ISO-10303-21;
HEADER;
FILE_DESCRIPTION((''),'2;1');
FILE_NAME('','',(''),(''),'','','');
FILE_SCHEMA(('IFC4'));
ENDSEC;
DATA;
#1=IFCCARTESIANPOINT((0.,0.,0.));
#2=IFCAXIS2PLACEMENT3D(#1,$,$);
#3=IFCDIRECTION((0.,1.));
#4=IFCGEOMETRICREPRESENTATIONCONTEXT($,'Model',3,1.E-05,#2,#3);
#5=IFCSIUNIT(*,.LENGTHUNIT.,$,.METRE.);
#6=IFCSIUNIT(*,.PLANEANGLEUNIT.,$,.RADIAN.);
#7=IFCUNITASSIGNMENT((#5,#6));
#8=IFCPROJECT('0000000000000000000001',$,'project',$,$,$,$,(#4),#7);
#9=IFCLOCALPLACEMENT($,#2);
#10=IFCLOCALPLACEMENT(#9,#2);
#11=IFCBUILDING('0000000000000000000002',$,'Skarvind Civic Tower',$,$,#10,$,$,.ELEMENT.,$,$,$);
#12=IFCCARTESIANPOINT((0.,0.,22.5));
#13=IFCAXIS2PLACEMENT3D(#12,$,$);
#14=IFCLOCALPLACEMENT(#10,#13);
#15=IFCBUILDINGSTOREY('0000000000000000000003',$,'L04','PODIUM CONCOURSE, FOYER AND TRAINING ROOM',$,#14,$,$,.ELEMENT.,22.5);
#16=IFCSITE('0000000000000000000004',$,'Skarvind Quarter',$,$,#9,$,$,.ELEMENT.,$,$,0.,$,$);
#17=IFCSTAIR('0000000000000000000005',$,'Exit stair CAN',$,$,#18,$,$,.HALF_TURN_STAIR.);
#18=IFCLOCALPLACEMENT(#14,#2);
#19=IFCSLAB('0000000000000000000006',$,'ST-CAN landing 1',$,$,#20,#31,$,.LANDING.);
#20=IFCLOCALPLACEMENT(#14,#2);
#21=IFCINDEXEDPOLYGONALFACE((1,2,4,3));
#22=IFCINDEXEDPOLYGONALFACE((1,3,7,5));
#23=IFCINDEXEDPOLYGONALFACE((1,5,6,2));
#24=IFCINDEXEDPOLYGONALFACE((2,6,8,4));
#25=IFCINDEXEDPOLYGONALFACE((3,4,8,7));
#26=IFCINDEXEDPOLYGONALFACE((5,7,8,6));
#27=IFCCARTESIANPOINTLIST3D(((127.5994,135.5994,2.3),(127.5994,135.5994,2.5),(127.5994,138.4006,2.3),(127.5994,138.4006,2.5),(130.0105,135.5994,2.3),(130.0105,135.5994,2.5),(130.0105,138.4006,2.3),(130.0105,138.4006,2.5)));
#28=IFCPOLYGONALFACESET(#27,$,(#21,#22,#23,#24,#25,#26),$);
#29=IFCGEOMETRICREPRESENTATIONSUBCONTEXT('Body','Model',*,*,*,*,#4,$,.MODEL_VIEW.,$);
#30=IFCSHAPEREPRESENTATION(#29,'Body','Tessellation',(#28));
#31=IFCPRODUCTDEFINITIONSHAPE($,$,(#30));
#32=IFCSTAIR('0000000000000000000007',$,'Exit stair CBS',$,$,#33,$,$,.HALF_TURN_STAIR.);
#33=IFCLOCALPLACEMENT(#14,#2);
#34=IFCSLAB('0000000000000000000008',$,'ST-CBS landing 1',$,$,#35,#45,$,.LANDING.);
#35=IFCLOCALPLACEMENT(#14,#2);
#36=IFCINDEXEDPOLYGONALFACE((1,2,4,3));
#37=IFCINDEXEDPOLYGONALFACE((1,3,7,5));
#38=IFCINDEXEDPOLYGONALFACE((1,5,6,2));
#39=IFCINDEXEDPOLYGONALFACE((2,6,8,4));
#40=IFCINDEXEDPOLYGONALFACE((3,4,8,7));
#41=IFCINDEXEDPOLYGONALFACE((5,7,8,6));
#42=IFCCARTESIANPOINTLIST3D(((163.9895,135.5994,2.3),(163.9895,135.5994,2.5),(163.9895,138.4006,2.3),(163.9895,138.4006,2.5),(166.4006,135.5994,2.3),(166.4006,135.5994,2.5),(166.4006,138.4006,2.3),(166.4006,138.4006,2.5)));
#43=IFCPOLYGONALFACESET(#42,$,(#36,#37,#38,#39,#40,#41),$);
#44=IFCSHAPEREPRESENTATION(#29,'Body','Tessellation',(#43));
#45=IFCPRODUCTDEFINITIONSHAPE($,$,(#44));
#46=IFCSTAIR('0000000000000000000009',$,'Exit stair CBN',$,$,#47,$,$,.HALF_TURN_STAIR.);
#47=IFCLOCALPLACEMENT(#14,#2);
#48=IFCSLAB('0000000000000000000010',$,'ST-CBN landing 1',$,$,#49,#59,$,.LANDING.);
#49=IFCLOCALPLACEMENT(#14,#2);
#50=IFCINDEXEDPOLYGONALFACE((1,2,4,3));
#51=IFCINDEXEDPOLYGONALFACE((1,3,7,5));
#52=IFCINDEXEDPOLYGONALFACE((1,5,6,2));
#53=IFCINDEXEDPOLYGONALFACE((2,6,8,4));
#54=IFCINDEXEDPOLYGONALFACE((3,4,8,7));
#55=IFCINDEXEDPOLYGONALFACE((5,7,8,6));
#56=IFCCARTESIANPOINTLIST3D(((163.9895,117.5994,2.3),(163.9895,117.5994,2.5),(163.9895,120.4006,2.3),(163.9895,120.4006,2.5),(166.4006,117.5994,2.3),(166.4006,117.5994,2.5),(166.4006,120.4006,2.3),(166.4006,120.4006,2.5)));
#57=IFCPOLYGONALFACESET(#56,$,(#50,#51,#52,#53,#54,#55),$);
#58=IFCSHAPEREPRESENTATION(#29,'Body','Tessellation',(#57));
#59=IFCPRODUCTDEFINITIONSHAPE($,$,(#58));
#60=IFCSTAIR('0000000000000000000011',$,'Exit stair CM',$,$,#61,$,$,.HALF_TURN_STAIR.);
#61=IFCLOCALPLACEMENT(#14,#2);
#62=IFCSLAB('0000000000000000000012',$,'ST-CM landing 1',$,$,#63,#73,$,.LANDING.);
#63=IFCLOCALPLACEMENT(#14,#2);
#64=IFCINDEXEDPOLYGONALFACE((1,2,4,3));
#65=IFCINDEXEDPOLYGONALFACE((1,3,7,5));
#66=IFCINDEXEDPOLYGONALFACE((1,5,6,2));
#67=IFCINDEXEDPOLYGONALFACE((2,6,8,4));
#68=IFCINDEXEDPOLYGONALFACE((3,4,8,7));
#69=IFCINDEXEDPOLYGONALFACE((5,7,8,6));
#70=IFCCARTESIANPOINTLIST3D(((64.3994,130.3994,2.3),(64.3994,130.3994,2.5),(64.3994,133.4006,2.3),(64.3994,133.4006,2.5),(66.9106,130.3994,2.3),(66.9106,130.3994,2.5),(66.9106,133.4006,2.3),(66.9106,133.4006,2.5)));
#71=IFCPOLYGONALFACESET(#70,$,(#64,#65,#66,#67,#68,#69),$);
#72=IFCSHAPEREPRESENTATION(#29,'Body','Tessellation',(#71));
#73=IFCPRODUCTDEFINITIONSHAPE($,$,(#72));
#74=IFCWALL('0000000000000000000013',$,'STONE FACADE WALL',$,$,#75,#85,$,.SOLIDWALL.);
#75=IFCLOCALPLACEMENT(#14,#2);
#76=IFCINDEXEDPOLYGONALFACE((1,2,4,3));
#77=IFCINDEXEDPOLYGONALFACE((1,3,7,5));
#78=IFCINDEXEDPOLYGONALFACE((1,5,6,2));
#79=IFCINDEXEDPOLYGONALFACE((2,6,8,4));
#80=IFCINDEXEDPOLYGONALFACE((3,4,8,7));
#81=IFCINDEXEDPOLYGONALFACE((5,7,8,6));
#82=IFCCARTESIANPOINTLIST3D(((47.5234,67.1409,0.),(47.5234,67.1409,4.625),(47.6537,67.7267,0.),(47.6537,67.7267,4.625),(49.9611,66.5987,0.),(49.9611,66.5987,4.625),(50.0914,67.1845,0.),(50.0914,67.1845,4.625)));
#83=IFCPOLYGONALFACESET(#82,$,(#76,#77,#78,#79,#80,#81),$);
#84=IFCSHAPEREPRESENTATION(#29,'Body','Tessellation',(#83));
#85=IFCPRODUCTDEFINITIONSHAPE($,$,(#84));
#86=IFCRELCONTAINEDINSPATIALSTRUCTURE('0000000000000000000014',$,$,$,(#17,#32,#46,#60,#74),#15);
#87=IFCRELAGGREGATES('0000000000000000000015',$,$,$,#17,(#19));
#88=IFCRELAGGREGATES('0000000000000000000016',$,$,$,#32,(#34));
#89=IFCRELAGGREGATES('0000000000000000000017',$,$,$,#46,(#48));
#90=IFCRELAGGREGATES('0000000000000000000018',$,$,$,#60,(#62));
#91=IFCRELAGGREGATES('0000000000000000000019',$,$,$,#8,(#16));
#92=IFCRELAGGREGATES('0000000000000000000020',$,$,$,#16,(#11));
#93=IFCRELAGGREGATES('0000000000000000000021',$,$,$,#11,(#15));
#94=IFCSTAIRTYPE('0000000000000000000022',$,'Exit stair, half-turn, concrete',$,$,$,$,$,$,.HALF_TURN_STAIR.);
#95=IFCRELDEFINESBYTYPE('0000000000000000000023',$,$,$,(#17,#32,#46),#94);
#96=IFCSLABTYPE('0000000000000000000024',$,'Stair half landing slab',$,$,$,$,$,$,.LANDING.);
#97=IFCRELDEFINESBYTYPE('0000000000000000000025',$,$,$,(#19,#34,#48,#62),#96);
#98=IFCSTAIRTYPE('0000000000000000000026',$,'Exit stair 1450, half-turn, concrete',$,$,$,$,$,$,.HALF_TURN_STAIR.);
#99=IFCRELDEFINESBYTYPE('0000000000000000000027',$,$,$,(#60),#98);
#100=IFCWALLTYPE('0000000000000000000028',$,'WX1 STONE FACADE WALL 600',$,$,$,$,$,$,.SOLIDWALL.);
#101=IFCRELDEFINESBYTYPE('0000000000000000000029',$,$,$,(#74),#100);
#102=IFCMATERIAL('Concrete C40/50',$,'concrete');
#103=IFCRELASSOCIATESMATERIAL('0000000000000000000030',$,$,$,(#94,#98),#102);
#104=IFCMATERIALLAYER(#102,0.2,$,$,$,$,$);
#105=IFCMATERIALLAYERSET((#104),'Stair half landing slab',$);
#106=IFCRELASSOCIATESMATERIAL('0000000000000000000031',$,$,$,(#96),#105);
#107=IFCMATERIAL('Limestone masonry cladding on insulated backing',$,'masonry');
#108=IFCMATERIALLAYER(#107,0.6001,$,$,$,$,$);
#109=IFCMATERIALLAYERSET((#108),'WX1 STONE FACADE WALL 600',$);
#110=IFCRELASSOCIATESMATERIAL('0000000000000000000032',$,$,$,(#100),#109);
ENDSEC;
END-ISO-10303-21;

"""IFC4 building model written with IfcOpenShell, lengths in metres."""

from ifc_helpers import new_model, si_unit, direction, frame, frame_2d, origin, place, context, subcontext, project, spatial, polyline, rectangle, outline, extrude, material, layer, layer_set, type_object, element, aggregate, save


model = new_model("IFC4")

# Units and contexts
model_context = context("Model", 3, precision=1e-05, world=origin(), true_north=direction((0.0, 1.0)))
body_context = subcontext(model_context, "Body", "Model", "MODEL_VIEW")
ifc_project = project(units=[si_unit("LENGTHUNIT", "METRE"), si_unit("PLANEANGLEUNIT", "RADIAN")], contexts=[model_context])

# Site, building, storey
site_placement = place(None, origin())
site = spatial("IfcSite", under=ifc_project, at=site_placement, Name="Skarvind Quarter", CompositionType="ELEMENT", RefElevation=0.0)
building_placement = place(site_placement, origin())
building = spatial("IfcBuilding", under=site, at=building_placement, Name="Skarvind Civic Tower", CompositionType="ELEMENT")
storey_placement = place(building_placement, frame((0.0, 0.0, 22.5)))
storey = spatial("IfcBuildingStorey", under=building, at=storey_placement, Name="L04", Description="PODIUM CONCOURSE, FOYER AND TRAINING ROOM", CompositionType="ELEMENT", Elevation=22.5)

# Shared definitions
ifc_material_1 = material(Name="Concrete C40/50", Category="concrete")

# Stairs, slabs
stair_type_1 = type_object("IfcStairType", Name="Exit stair, half-turn, concrete", PredefinedType="HALF_TURN_STAIR", material=ifc_material_1)
ifc_layer_1 = layer(ifc_material_1, 0.2)
ifc_layer_set_1 = layer_set([ifc_layer_1], Name="Stair half landing slab")
slab_type_1 = type_object("IfcSlabType", Name="Stair half landing slab", PredefinedType="LANDING", material=ifc_layer_set_1)
stair_1_placement = place(storey_placement, origin())
stair_1 = element("IfcStair", 1, at=stair_1_placement, inside=storey, type_object=stair_type_1, Name="Exit stair CAN", PredefinedType="HALF_TURN_STAIR")
slab_1_placement = place(storey_placement, frame((0.0, 0.0, 2.3)))
slab_1 = element("IfcSlab", 2, at=slab_1_placement, type_object=slab_type_1, Name="ST-CAN landing 1", PredefinedType="LANDING", context=body_context, shape_type="SweptSolid", body=[
    extrude(outline(polyline([(130.0105, 138.4006), (130.0105, 135.5994), (127.5994, 135.5994), (127.5994, 138.4006), (130.0105, 138.4006)])), origin(), (0.0, 0.0, 1.0), 0.2),
])
aggregate(stair_1, [slab_1])
stair_2_placement = place(storey_placement, origin())
stair_2 = element("IfcStair", 3, at=stair_2_placement, inside=storey, type_object=stair_type_1, Name="Exit stair CBS", PredefinedType="HALF_TURN_STAIR")
slab_2_placement = place(storey_placement, frame((0.0, 0.0, 2.3)))
slab_2 = element("IfcSlab", 4, at=slab_2_placement, type_object=slab_type_1, Name="ST-CBS landing 1", PredefinedType="LANDING", context=body_context, shape_type="SweptSolid", body=[
    extrude(outline(polyline([(163.9895, 135.5994), (163.9895, 138.4006), (166.4006, 138.4006), (166.4006, 135.5994), (163.9895, 135.5994)])), origin(), (0.0, 0.0, 1.0), 0.2),
])
aggregate(stair_2, [slab_2])
stair_3_placement = place(storey_placement, origin())
stair_3 = element("IfcStair", 5, at=stair_3_placement, inside=storey, type_object=stair_type_1, Name="Exit stair CBN", PredefinedType="HALF_TURN_STAIR")
slab_3_placement = place(storey_placement, frame((0.0, 0.0, 2.3)))
slab_3 = element("IfcSlab", 6, at=slab_3_placement, type_object=slab_type_1, Name="ST-CBN landing 1", PredefinedType="LANDING", context=body_context, shape_type="SweptSolid", body=[
    extrude(outline(polyline([(163.9895, 117.5994), (163.9895, 120.4006), (166.4006, 120.4006), (166.4006, 117.5994), (163.9895, 117.5994)])), origin(), (0.0, 0.0, 1.0), 0.2),
])
aggregate(stair_3, [slab_3])
stair_type_2 = type_object("IfcStairType", Name="Exit stair 1450, half-turn, concrete", PredefinedType="HALF_TURN_STAIR", material=ifc_material_1)
stair_4_placement = place(storey_placement, origin())
stair_4 = element("IfcStair", 7, at=stair_4_placement, inside=storey, type_object=stair_type_2, Name="Exit stair CM", PredefinedType="HALF_TURN_STAIR")
slab_4_placement = place(storey_placement, frame((0.0, 0.0, 2.3)))
slab_4 = element("IfcSlab", 8, at=slab_4_placement, type_object=slab_type_1, Name="ST-CM landing 1", PredefinedType="LANDING", context=body_context, shape_type="SweptSolid", body=[
    extrude(outline(polyline([(66.9106, 133.4006), (66.9106, 130.3994), (64.3994, 130.3994), (64.3994, 133.4006), (66.9106, 133.4006)])), origin(), (0.0, 0.0, 1.0), 0.2),
])
aggregate(stair_4, [slab_4])

# Wall
ifc_material_2 = material(Name="Limestone masonry cladding on insulated backing", Category="masonry")
ifc_layer_2 = layer(ifc_material_2, 0.6001)
ifc_layer_set_2 = layer_set([ifc_layer_2], Name="WX1 STONE FACADE WALL 600")
wall_type = type_object("IfcWallType", Name="WX1 STONE FACADE WALL 600", PredefinedType="SOLIDWALL", material=ifc_layer_set_2)
wall_placement = place(storey_placement, frame((50.0261, 66.8916, 0.0), z_axis=(0.0, 0.0, 1.0), x_axis=(-0.976143, 0.217127, 0.0)))
element("IfcWall", 9, at=wall_placement, inside=storey, type_object=wall_type, Name="STONE FACADE WALL", PredefinedType="SOLIDWALL", context=body_context, shape_type="SweptSolid", body=[
    extrude(rectangle(XDim=2.4973, YDim=0.6001, at=frame_2d((1.2485, 0.0))), origin(), (0.0, 0.0, 1.0), 4.625),
])

save(model, "model.ifc")
